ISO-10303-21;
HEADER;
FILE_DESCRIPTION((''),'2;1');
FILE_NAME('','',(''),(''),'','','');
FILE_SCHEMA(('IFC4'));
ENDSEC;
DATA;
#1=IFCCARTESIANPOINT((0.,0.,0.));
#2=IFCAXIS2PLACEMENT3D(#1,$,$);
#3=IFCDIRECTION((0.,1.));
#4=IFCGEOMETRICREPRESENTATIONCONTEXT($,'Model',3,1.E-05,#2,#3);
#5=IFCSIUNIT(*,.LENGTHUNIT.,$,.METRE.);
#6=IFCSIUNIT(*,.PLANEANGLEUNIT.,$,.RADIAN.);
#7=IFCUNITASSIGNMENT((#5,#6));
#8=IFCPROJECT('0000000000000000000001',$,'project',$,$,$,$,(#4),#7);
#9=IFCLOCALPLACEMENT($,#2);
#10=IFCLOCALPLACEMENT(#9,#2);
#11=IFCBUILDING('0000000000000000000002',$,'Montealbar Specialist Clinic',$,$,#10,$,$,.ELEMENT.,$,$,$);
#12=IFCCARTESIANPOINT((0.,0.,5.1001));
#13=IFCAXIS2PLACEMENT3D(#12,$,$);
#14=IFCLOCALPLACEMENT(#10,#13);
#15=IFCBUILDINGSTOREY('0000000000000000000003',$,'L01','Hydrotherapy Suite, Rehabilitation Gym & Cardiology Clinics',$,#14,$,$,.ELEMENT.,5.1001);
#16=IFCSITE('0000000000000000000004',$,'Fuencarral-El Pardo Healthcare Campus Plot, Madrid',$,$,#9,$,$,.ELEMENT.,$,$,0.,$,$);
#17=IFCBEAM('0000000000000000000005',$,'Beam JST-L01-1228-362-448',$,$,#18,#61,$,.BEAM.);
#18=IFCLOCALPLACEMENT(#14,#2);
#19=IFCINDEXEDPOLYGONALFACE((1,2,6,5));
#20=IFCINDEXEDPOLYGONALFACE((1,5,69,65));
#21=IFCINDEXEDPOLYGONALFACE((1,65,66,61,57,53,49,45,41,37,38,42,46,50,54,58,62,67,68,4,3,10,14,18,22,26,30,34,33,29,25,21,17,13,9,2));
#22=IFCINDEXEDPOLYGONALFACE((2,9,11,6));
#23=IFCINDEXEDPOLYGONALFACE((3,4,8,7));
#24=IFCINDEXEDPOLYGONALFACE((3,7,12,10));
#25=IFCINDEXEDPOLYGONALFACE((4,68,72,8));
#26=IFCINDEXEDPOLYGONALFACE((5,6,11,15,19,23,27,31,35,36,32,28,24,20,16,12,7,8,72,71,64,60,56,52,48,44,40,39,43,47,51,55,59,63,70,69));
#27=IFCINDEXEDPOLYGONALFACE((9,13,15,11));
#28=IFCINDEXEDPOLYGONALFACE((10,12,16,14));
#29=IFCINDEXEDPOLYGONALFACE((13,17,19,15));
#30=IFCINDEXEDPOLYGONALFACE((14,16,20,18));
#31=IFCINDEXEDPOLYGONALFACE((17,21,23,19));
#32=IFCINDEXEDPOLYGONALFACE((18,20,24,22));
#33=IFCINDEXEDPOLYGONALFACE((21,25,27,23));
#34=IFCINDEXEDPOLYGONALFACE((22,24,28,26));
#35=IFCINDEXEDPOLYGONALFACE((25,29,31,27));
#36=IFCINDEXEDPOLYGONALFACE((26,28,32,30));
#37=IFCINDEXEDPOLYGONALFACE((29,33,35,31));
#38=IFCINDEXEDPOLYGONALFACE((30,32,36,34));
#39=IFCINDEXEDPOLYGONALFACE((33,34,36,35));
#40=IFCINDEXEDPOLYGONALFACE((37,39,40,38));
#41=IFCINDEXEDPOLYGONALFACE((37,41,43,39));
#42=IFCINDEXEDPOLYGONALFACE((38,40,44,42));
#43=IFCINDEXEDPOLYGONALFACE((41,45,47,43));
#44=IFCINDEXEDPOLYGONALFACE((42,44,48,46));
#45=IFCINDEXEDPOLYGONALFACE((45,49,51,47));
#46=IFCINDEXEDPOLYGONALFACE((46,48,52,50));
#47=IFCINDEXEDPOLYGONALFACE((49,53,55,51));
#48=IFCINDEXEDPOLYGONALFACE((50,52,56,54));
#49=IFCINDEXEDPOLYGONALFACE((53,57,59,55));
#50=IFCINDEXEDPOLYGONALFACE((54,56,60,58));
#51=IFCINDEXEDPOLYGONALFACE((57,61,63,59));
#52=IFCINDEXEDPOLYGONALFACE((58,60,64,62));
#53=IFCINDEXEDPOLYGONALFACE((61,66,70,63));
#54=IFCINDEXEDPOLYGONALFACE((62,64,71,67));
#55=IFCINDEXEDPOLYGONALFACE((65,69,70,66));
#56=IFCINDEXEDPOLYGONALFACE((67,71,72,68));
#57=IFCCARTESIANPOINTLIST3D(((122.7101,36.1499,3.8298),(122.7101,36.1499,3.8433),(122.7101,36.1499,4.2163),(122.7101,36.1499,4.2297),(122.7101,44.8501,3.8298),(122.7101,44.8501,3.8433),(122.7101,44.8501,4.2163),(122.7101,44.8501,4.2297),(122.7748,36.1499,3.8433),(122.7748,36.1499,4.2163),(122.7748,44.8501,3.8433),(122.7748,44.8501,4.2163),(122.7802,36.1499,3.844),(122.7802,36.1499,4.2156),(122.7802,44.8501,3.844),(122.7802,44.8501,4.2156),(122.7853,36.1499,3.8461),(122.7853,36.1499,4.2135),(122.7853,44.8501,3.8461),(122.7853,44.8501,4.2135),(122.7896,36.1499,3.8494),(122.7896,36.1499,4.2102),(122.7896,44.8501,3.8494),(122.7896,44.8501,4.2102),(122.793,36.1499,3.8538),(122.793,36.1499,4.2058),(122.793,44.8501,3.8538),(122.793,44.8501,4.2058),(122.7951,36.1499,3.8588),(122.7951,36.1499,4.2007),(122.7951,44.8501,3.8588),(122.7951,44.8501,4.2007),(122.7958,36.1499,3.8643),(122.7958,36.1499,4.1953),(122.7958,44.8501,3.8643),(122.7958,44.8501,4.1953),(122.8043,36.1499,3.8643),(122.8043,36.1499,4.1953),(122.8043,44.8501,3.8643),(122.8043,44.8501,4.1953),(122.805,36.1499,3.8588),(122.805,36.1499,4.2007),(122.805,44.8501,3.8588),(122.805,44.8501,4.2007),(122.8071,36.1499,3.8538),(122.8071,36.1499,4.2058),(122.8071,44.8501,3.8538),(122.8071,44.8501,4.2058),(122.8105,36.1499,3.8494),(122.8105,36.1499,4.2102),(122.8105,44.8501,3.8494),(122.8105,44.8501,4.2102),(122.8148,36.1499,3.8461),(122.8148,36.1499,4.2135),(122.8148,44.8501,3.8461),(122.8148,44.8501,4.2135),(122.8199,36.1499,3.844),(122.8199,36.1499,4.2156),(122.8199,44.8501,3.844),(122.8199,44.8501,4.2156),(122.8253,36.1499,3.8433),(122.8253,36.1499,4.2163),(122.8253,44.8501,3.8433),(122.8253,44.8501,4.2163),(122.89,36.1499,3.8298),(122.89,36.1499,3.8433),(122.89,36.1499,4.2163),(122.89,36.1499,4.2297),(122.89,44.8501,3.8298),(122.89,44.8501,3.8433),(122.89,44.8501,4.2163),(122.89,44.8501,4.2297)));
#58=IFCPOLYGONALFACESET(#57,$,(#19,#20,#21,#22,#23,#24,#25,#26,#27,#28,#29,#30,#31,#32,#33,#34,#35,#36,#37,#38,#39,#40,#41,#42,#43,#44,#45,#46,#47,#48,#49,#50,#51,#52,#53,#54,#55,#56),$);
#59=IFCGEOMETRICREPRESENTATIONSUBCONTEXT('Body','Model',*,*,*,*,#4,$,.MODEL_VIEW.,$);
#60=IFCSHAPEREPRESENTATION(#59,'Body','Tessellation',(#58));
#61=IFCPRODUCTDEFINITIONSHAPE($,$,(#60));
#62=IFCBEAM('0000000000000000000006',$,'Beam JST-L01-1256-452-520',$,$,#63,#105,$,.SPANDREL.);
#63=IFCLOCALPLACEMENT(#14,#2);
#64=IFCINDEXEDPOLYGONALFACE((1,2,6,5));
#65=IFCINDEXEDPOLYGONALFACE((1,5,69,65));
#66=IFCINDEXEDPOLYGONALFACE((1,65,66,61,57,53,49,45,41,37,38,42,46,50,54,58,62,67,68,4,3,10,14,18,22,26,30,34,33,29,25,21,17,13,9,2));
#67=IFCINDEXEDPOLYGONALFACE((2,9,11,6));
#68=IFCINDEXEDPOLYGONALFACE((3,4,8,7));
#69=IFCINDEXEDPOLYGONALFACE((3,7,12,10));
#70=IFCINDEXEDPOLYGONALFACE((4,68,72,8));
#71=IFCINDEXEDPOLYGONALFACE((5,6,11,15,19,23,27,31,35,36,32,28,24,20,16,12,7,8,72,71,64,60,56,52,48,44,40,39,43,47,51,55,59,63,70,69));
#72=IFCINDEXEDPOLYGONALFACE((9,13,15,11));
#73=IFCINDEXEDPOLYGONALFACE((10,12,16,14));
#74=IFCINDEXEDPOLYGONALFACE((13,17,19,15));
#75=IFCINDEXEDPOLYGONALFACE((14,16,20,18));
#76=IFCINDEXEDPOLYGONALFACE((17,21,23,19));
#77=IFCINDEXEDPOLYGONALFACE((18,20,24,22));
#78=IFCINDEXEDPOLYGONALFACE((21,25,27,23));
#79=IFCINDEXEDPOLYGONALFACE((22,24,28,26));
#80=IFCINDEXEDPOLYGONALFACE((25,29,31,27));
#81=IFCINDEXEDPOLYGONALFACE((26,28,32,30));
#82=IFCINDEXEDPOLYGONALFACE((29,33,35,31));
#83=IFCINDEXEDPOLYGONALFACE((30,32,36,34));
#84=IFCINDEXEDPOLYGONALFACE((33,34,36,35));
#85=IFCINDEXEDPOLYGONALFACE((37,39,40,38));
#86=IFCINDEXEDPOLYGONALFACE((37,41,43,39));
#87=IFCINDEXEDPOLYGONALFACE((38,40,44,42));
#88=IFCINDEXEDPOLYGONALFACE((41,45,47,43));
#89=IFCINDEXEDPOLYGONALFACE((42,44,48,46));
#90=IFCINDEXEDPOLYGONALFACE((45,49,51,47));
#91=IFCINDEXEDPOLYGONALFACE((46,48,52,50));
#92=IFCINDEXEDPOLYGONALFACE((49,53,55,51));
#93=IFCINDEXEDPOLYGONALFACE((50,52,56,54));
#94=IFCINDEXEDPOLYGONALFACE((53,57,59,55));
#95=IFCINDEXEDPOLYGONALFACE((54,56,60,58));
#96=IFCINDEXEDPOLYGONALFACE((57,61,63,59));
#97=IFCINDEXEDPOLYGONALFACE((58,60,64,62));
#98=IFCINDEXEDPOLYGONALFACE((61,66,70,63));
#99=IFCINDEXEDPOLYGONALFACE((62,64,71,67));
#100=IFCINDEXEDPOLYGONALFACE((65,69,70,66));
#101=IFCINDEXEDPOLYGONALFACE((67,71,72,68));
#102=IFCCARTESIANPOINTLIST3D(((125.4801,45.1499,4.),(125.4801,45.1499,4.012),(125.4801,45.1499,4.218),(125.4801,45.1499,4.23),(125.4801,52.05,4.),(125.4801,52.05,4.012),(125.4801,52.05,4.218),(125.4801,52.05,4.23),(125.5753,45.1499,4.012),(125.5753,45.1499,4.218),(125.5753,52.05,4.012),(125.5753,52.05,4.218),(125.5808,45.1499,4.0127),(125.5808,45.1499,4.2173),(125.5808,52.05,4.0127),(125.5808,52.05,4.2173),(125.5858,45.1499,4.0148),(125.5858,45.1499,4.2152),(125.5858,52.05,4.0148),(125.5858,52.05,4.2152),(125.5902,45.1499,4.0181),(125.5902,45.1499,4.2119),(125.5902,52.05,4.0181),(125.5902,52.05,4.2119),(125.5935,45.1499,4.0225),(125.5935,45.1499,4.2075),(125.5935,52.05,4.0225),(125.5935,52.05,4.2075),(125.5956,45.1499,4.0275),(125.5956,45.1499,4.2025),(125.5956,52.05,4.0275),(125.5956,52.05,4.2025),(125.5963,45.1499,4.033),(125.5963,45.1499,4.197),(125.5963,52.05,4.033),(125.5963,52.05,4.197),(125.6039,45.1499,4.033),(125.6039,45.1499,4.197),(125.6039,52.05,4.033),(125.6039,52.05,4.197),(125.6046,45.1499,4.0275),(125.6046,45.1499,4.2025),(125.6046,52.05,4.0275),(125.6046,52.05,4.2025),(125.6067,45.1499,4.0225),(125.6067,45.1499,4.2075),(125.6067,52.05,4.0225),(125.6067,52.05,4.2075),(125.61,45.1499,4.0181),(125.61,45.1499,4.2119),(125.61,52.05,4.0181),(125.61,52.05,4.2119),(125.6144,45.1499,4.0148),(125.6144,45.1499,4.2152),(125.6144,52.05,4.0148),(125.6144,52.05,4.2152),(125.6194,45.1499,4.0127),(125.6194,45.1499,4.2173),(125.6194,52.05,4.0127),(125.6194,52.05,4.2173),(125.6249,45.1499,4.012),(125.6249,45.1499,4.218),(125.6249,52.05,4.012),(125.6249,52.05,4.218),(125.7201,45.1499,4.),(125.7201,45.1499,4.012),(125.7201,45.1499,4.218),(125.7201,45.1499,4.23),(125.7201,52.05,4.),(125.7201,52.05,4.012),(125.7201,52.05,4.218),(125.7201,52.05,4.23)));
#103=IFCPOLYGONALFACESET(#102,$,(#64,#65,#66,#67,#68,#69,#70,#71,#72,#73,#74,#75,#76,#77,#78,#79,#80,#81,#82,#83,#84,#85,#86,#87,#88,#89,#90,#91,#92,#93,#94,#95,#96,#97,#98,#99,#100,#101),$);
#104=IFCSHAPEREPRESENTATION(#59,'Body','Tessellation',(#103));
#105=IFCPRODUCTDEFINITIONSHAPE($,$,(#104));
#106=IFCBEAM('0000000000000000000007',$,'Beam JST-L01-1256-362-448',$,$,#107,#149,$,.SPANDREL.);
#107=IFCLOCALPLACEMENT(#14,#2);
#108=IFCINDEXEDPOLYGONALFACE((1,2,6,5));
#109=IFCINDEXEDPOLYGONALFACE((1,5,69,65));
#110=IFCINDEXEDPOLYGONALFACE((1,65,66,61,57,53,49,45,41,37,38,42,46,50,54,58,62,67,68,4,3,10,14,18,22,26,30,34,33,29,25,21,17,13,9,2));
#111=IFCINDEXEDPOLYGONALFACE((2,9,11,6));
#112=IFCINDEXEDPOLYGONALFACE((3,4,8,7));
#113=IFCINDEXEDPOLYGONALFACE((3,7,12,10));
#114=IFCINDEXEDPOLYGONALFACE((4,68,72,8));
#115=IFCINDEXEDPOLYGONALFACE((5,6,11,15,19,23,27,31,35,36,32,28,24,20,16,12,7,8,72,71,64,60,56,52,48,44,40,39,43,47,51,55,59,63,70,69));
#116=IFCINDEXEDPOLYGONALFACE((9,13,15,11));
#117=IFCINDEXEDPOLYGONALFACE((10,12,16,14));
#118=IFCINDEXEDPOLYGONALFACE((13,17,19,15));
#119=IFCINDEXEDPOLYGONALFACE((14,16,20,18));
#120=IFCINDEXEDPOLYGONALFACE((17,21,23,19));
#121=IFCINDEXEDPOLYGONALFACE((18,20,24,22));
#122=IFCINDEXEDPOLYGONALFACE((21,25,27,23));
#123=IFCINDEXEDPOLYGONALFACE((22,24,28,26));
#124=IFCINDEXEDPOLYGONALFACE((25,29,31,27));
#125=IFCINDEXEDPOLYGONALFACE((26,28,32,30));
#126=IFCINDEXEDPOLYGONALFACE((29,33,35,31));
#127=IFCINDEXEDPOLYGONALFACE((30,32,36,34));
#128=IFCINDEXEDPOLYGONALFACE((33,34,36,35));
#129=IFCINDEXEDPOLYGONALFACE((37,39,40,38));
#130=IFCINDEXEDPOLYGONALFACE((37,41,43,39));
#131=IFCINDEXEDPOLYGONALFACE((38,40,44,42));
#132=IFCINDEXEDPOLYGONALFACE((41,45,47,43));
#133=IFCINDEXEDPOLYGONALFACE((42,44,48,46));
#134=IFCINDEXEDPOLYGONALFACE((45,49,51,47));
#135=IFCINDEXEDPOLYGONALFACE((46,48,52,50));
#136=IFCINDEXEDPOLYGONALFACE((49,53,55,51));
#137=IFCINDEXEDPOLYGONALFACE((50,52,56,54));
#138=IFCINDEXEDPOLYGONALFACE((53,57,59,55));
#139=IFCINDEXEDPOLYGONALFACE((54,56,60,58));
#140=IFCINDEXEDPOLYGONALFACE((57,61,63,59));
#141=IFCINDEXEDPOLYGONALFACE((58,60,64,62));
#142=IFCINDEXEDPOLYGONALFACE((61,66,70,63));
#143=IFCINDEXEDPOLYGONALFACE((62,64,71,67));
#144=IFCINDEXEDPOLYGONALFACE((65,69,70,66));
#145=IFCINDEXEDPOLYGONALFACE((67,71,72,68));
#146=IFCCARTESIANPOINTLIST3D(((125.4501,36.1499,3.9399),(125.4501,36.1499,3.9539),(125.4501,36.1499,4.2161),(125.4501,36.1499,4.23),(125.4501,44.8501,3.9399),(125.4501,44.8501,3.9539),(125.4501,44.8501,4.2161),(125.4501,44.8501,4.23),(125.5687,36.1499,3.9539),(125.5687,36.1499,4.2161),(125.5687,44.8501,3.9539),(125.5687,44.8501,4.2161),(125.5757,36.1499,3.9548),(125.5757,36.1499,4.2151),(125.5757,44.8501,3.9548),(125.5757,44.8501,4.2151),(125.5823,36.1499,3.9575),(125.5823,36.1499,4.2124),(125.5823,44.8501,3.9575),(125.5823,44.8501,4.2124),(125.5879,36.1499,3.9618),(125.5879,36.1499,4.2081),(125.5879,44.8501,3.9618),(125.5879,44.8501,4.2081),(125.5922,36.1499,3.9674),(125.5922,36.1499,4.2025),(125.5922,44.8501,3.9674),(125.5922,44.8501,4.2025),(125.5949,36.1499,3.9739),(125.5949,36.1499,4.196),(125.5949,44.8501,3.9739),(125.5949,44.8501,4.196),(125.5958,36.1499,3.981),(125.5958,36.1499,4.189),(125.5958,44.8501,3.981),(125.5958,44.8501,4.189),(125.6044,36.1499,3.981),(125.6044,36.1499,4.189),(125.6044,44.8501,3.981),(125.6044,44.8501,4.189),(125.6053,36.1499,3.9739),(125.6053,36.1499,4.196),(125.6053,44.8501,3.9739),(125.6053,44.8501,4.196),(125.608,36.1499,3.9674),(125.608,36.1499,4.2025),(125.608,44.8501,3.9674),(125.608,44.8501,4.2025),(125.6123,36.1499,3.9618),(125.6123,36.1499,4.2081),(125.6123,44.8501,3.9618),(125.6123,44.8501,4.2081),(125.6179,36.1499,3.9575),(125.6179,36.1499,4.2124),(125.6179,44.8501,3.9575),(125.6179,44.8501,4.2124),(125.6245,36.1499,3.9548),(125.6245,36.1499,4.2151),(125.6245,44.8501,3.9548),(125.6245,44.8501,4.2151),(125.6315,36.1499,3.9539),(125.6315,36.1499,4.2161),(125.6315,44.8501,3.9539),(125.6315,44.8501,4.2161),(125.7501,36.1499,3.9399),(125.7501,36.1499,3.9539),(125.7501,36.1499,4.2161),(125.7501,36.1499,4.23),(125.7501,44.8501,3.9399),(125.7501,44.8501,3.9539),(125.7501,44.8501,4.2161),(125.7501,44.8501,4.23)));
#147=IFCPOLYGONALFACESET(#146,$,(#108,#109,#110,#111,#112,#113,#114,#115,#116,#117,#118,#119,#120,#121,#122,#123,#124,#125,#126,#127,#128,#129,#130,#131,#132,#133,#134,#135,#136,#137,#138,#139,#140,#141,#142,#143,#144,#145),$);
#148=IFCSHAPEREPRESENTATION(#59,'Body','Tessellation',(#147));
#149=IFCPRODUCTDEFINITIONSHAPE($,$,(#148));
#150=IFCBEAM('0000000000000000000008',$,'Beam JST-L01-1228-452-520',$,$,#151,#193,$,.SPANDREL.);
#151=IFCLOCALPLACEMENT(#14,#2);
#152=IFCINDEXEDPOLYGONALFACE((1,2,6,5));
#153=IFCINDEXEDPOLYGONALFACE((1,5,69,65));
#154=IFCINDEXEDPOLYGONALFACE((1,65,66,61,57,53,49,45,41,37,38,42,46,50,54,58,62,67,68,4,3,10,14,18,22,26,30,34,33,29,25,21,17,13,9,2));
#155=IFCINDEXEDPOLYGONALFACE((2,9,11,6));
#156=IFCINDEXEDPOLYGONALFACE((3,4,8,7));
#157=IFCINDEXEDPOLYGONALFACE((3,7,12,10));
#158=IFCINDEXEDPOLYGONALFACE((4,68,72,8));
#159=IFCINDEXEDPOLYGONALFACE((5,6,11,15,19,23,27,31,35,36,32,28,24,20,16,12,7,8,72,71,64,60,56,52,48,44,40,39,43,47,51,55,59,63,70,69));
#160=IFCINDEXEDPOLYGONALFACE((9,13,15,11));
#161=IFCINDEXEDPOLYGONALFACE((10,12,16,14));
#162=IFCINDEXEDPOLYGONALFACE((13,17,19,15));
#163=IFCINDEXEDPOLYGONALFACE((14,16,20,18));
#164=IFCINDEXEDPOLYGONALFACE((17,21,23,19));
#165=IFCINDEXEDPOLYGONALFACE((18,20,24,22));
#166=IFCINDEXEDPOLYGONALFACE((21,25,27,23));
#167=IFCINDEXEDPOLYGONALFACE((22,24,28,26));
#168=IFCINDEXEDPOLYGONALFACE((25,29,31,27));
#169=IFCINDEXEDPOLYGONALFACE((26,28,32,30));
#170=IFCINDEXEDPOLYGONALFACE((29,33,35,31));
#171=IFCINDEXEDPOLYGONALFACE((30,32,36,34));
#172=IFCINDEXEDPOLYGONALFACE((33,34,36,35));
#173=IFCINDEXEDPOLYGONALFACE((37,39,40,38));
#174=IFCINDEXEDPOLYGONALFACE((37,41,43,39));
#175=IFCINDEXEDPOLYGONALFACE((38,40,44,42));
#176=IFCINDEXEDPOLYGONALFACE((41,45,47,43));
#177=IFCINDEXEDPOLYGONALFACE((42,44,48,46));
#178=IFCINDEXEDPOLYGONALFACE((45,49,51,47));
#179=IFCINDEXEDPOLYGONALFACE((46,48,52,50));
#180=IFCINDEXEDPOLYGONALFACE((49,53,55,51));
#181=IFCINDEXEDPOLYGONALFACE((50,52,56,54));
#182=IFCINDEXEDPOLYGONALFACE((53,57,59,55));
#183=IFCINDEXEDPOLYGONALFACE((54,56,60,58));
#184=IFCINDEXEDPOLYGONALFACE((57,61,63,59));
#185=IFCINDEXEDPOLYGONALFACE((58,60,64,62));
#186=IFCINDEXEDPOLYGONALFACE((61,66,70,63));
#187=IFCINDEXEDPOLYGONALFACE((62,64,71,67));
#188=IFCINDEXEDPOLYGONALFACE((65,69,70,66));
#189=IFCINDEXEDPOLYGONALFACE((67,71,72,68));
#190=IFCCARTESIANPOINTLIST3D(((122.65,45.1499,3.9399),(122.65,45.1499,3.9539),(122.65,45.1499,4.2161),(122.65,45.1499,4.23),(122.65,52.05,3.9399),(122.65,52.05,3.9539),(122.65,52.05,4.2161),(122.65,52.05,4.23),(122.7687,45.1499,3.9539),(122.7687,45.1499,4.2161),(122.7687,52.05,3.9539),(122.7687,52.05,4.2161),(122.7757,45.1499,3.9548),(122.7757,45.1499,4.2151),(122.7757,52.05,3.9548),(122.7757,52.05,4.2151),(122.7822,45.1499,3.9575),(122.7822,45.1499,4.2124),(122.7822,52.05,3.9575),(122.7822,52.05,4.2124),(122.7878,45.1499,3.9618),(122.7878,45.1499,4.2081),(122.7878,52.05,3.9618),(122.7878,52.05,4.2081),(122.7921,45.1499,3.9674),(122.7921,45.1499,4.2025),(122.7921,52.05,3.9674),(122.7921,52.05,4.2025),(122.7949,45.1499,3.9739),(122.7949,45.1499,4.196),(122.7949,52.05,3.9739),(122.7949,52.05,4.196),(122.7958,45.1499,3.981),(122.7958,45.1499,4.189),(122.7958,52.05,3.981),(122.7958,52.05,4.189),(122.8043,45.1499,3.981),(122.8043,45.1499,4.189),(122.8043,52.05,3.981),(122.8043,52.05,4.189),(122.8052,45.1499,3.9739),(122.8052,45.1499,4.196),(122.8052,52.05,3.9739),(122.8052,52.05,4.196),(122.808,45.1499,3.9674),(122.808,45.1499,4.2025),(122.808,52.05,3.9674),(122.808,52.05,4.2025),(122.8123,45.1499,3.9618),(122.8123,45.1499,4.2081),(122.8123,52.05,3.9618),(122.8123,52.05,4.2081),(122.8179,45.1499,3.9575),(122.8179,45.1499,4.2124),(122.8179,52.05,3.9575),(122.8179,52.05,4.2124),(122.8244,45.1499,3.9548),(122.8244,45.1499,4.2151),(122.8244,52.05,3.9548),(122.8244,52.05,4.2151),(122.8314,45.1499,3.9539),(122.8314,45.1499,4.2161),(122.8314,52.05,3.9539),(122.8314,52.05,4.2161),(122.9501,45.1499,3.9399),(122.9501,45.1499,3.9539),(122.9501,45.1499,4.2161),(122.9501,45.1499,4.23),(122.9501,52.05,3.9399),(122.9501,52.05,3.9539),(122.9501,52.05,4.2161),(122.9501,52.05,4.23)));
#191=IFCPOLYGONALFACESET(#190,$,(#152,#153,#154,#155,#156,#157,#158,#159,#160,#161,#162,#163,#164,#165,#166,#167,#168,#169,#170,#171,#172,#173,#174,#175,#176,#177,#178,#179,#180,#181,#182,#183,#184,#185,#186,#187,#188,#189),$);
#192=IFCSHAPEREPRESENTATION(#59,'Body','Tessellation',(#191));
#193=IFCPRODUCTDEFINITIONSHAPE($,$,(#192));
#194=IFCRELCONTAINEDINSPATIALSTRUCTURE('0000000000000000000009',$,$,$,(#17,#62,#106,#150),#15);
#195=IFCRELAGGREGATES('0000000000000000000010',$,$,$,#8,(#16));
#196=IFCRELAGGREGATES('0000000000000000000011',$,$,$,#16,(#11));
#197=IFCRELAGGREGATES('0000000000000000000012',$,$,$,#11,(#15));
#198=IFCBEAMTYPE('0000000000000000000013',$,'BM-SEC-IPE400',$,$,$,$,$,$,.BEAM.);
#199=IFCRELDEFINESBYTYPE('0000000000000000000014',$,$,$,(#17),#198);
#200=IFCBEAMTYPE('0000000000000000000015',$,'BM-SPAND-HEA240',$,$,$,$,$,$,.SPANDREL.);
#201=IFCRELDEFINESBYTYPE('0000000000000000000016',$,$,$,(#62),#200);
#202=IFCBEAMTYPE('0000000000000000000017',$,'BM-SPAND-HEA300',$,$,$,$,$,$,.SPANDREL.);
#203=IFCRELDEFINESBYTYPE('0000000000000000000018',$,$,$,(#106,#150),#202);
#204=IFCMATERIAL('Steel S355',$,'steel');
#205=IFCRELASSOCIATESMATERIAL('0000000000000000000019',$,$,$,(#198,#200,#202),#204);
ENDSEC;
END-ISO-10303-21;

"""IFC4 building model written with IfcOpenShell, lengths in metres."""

from ifc_helpers import new_model, si_unit, direction, frame, origin, origin_2d, place, context, subcontext, project, spatial, i_section, extrude, material, material_profile, profile_set, type_object, element, save


model = new_model("IFC4")

# Units and contexts
model_context = context("Model", 3, precision=1e-05, world=origin(), true_north=direction((0.0, 1.0)))
body_context = subcontext(model_context, "Body", "Model", "MODEL_VIEW")
ifc_project = project(units=[si_unit("LENGTHUNIT", "METRE"), si_unit("PLANEANGLEUNIT", "RADIAN")], contexts=[model_context])

# Site, building, storey
site_placement = place(None, origin())
site = spatial("IfcSite", under=ifc_project, at=site_placement, Name="Fuencarral-El Pardo Healthcare Campus Plot, Madrid", CompositionType="ELEMENT", RefElevation=0.0)
building_placement = place(site_placement, origin())
building = spatial("IfcBuilding", under=site, at=building_placement, Name="Montealbar Specialist Clinic", CompositionType="ELEMENT")
storey_placement = place(building_placement, frame((0.0, 0.0, 5.1001)))
storey = spatial("IfcBuildingStorey", under=building, at=storey_placement, Name="L01", Description="Hydrotherapy Suite, Rehabilitation Gym & Cardiology Clinics", CompositionType="ELEMENT", Elevation=5.1001)

# Shared definitions
ifc_material_1 = material(Name="Steel S355", Category="steel")

# Beams
ifc_material_profile_1 = material_profile(ifc_material_1, i_section(OverallWidth=0.1799, OverallDepth=0.3999, WebThickness=0.0085, FlangeThickness=0.0134, FilletRadius=0.021, at=origin_2d()), Name="IPE 400", Category="steel")
ifc_profile_set_1 = profile_set([ifc_material_profile_1], Name="Steel S355")
beam_type_1 = type_object("IfcBeamType", Name="BM-SEC-IPE400", PredefinedType="BEAM", material=ifc_profile_set_1)
beam_1_placement = place(storey_placement, frame((122.8, 36.1499, 4.0298), z_axis=(0.0, 1.0, 0.0), x_axis=(-1.0, 0.0, 0.0)))
element("IfcBeam", 1, at=beam_1_placement, inside=storey, type_object=beam_type_1, Name="Beam JST-L01-1228-362-448", PredefinedType="BEAM", context=body_context, shape_type="SweptSolid", body=[
    extrude(i_section(OverallWidth=0.1799, OverallDepth=0.3999, WebThickness=0.0085, FlangeThickness=0.0134, FilletRadius=0.021, at=origin_2d()), origin(), (0.0, 0.0, 1.0), 8.7002),
])
ifc_material_profile_2 = material_profile(ifc_material_1, i_section(OverallWidth=0.24, OverallDepth=0.23, WebThickness=0.0076, FlangeThickness=0.012, FilletRadius=0.021, at=origin_2d()), Name="HEA 240", Category="steel")
ifc_profile_set_2 = profile_set([ifc_material_profile_2], Name="Steel S355")
beam_type_2 = type_object("IfcBeamType", Name="BM-SPAND-HEA240", PredefinedType="SPANDREL", material=ifc_profile_set_2)
beam_2_placement = place(storey_placement, frame((125.6001, 45.1499, 4.115), z_axis=(0.0, 1.0, 0.0), x_axis=(-1.0, 0.0, 0.0)))
element("IfcBeam", 2, at=beam_2_placement, inside=storey, type_object=beam_type_2, Name="Beam JST-L01-1256-452-520", PredefinedType="SPANDREL", context=body_context, shape_type="SweptSolid", body=[
    extrude(i_section(OverallWidth=0.24, OverallDepth=0.23, WebThickness=0.0076, FlangeThickness=0.012, FilletRadius=0.021, at=origin_2d()), origin(), (0.0, 0.0, 1.0), 6.9001),
])
ifc_material_profile_3 = material_profile(ifc_material_1, i_section(OverallWidth=0.3, OverallDepth=0.29, WebThickness=0.0085, FlangeThickness=0.0139, FilletRadius=0.0271, at=origin_2d()), Name="HEA 300", Category="steel")
ifc_profile_set_3 = profile_set([ifc_material_profile_3], Name="Steel S355")
beam_type_3 = type_object("IfcBeamType", Name="BM-SPAND-HEA300", PredefinedType="SPANDREL", material=ifc_profile_set_3)
beam_3_placement = place(storey_placement, frame((125.6001, 36.1499, 4.085), z_axis=(0.0, 1.0, 0.0), x_axis=(-1.0, 0.0, 0.0)))
element("IfcBeam", 3, at=beam_3_placement, inside=storey, type_object=beam_type_3, Name="Beam JST-L01-1256-362-448", PredefinedType="SPANDREL", context=body_context, shape_type="SweptSolid", body=[
    extrude(i_section(OverallWidth=0.3, OverallDepth=0.29, WebThickness=0.0085, FlangeThickness=0.0139, FilletRadius=0.0271, at=origin_2d()), origin(), (0.0, 0.0, 1.0), 8.7002),
])
beam_4_placement = place(storey_placement, frame((122.8, 45.1499, 4.085), z_axis=(0.0, 1.0, 0.0), x_axis=(-1.0, 0.0, 0.0)))
element("IfcBeam", 4, at=beam_4_placement, inside=storey, type_object=beam_type_3, Name="Beam JST-L01-1228-452-520", PredefinedType="SPANDREL", context=body_context, shape_type="SweptSolid", body=[
    extrude(i_section(OverallWidth=0.3, OverallDepth=0.29, WebThickness=0.0085, FlangeThickness=0.0139, FilletRadius=0.0271, at=origin_2d()), origin(), (0.0, 0.0, 1.0), 6.9001),
])

save(model, "model.ifc")
